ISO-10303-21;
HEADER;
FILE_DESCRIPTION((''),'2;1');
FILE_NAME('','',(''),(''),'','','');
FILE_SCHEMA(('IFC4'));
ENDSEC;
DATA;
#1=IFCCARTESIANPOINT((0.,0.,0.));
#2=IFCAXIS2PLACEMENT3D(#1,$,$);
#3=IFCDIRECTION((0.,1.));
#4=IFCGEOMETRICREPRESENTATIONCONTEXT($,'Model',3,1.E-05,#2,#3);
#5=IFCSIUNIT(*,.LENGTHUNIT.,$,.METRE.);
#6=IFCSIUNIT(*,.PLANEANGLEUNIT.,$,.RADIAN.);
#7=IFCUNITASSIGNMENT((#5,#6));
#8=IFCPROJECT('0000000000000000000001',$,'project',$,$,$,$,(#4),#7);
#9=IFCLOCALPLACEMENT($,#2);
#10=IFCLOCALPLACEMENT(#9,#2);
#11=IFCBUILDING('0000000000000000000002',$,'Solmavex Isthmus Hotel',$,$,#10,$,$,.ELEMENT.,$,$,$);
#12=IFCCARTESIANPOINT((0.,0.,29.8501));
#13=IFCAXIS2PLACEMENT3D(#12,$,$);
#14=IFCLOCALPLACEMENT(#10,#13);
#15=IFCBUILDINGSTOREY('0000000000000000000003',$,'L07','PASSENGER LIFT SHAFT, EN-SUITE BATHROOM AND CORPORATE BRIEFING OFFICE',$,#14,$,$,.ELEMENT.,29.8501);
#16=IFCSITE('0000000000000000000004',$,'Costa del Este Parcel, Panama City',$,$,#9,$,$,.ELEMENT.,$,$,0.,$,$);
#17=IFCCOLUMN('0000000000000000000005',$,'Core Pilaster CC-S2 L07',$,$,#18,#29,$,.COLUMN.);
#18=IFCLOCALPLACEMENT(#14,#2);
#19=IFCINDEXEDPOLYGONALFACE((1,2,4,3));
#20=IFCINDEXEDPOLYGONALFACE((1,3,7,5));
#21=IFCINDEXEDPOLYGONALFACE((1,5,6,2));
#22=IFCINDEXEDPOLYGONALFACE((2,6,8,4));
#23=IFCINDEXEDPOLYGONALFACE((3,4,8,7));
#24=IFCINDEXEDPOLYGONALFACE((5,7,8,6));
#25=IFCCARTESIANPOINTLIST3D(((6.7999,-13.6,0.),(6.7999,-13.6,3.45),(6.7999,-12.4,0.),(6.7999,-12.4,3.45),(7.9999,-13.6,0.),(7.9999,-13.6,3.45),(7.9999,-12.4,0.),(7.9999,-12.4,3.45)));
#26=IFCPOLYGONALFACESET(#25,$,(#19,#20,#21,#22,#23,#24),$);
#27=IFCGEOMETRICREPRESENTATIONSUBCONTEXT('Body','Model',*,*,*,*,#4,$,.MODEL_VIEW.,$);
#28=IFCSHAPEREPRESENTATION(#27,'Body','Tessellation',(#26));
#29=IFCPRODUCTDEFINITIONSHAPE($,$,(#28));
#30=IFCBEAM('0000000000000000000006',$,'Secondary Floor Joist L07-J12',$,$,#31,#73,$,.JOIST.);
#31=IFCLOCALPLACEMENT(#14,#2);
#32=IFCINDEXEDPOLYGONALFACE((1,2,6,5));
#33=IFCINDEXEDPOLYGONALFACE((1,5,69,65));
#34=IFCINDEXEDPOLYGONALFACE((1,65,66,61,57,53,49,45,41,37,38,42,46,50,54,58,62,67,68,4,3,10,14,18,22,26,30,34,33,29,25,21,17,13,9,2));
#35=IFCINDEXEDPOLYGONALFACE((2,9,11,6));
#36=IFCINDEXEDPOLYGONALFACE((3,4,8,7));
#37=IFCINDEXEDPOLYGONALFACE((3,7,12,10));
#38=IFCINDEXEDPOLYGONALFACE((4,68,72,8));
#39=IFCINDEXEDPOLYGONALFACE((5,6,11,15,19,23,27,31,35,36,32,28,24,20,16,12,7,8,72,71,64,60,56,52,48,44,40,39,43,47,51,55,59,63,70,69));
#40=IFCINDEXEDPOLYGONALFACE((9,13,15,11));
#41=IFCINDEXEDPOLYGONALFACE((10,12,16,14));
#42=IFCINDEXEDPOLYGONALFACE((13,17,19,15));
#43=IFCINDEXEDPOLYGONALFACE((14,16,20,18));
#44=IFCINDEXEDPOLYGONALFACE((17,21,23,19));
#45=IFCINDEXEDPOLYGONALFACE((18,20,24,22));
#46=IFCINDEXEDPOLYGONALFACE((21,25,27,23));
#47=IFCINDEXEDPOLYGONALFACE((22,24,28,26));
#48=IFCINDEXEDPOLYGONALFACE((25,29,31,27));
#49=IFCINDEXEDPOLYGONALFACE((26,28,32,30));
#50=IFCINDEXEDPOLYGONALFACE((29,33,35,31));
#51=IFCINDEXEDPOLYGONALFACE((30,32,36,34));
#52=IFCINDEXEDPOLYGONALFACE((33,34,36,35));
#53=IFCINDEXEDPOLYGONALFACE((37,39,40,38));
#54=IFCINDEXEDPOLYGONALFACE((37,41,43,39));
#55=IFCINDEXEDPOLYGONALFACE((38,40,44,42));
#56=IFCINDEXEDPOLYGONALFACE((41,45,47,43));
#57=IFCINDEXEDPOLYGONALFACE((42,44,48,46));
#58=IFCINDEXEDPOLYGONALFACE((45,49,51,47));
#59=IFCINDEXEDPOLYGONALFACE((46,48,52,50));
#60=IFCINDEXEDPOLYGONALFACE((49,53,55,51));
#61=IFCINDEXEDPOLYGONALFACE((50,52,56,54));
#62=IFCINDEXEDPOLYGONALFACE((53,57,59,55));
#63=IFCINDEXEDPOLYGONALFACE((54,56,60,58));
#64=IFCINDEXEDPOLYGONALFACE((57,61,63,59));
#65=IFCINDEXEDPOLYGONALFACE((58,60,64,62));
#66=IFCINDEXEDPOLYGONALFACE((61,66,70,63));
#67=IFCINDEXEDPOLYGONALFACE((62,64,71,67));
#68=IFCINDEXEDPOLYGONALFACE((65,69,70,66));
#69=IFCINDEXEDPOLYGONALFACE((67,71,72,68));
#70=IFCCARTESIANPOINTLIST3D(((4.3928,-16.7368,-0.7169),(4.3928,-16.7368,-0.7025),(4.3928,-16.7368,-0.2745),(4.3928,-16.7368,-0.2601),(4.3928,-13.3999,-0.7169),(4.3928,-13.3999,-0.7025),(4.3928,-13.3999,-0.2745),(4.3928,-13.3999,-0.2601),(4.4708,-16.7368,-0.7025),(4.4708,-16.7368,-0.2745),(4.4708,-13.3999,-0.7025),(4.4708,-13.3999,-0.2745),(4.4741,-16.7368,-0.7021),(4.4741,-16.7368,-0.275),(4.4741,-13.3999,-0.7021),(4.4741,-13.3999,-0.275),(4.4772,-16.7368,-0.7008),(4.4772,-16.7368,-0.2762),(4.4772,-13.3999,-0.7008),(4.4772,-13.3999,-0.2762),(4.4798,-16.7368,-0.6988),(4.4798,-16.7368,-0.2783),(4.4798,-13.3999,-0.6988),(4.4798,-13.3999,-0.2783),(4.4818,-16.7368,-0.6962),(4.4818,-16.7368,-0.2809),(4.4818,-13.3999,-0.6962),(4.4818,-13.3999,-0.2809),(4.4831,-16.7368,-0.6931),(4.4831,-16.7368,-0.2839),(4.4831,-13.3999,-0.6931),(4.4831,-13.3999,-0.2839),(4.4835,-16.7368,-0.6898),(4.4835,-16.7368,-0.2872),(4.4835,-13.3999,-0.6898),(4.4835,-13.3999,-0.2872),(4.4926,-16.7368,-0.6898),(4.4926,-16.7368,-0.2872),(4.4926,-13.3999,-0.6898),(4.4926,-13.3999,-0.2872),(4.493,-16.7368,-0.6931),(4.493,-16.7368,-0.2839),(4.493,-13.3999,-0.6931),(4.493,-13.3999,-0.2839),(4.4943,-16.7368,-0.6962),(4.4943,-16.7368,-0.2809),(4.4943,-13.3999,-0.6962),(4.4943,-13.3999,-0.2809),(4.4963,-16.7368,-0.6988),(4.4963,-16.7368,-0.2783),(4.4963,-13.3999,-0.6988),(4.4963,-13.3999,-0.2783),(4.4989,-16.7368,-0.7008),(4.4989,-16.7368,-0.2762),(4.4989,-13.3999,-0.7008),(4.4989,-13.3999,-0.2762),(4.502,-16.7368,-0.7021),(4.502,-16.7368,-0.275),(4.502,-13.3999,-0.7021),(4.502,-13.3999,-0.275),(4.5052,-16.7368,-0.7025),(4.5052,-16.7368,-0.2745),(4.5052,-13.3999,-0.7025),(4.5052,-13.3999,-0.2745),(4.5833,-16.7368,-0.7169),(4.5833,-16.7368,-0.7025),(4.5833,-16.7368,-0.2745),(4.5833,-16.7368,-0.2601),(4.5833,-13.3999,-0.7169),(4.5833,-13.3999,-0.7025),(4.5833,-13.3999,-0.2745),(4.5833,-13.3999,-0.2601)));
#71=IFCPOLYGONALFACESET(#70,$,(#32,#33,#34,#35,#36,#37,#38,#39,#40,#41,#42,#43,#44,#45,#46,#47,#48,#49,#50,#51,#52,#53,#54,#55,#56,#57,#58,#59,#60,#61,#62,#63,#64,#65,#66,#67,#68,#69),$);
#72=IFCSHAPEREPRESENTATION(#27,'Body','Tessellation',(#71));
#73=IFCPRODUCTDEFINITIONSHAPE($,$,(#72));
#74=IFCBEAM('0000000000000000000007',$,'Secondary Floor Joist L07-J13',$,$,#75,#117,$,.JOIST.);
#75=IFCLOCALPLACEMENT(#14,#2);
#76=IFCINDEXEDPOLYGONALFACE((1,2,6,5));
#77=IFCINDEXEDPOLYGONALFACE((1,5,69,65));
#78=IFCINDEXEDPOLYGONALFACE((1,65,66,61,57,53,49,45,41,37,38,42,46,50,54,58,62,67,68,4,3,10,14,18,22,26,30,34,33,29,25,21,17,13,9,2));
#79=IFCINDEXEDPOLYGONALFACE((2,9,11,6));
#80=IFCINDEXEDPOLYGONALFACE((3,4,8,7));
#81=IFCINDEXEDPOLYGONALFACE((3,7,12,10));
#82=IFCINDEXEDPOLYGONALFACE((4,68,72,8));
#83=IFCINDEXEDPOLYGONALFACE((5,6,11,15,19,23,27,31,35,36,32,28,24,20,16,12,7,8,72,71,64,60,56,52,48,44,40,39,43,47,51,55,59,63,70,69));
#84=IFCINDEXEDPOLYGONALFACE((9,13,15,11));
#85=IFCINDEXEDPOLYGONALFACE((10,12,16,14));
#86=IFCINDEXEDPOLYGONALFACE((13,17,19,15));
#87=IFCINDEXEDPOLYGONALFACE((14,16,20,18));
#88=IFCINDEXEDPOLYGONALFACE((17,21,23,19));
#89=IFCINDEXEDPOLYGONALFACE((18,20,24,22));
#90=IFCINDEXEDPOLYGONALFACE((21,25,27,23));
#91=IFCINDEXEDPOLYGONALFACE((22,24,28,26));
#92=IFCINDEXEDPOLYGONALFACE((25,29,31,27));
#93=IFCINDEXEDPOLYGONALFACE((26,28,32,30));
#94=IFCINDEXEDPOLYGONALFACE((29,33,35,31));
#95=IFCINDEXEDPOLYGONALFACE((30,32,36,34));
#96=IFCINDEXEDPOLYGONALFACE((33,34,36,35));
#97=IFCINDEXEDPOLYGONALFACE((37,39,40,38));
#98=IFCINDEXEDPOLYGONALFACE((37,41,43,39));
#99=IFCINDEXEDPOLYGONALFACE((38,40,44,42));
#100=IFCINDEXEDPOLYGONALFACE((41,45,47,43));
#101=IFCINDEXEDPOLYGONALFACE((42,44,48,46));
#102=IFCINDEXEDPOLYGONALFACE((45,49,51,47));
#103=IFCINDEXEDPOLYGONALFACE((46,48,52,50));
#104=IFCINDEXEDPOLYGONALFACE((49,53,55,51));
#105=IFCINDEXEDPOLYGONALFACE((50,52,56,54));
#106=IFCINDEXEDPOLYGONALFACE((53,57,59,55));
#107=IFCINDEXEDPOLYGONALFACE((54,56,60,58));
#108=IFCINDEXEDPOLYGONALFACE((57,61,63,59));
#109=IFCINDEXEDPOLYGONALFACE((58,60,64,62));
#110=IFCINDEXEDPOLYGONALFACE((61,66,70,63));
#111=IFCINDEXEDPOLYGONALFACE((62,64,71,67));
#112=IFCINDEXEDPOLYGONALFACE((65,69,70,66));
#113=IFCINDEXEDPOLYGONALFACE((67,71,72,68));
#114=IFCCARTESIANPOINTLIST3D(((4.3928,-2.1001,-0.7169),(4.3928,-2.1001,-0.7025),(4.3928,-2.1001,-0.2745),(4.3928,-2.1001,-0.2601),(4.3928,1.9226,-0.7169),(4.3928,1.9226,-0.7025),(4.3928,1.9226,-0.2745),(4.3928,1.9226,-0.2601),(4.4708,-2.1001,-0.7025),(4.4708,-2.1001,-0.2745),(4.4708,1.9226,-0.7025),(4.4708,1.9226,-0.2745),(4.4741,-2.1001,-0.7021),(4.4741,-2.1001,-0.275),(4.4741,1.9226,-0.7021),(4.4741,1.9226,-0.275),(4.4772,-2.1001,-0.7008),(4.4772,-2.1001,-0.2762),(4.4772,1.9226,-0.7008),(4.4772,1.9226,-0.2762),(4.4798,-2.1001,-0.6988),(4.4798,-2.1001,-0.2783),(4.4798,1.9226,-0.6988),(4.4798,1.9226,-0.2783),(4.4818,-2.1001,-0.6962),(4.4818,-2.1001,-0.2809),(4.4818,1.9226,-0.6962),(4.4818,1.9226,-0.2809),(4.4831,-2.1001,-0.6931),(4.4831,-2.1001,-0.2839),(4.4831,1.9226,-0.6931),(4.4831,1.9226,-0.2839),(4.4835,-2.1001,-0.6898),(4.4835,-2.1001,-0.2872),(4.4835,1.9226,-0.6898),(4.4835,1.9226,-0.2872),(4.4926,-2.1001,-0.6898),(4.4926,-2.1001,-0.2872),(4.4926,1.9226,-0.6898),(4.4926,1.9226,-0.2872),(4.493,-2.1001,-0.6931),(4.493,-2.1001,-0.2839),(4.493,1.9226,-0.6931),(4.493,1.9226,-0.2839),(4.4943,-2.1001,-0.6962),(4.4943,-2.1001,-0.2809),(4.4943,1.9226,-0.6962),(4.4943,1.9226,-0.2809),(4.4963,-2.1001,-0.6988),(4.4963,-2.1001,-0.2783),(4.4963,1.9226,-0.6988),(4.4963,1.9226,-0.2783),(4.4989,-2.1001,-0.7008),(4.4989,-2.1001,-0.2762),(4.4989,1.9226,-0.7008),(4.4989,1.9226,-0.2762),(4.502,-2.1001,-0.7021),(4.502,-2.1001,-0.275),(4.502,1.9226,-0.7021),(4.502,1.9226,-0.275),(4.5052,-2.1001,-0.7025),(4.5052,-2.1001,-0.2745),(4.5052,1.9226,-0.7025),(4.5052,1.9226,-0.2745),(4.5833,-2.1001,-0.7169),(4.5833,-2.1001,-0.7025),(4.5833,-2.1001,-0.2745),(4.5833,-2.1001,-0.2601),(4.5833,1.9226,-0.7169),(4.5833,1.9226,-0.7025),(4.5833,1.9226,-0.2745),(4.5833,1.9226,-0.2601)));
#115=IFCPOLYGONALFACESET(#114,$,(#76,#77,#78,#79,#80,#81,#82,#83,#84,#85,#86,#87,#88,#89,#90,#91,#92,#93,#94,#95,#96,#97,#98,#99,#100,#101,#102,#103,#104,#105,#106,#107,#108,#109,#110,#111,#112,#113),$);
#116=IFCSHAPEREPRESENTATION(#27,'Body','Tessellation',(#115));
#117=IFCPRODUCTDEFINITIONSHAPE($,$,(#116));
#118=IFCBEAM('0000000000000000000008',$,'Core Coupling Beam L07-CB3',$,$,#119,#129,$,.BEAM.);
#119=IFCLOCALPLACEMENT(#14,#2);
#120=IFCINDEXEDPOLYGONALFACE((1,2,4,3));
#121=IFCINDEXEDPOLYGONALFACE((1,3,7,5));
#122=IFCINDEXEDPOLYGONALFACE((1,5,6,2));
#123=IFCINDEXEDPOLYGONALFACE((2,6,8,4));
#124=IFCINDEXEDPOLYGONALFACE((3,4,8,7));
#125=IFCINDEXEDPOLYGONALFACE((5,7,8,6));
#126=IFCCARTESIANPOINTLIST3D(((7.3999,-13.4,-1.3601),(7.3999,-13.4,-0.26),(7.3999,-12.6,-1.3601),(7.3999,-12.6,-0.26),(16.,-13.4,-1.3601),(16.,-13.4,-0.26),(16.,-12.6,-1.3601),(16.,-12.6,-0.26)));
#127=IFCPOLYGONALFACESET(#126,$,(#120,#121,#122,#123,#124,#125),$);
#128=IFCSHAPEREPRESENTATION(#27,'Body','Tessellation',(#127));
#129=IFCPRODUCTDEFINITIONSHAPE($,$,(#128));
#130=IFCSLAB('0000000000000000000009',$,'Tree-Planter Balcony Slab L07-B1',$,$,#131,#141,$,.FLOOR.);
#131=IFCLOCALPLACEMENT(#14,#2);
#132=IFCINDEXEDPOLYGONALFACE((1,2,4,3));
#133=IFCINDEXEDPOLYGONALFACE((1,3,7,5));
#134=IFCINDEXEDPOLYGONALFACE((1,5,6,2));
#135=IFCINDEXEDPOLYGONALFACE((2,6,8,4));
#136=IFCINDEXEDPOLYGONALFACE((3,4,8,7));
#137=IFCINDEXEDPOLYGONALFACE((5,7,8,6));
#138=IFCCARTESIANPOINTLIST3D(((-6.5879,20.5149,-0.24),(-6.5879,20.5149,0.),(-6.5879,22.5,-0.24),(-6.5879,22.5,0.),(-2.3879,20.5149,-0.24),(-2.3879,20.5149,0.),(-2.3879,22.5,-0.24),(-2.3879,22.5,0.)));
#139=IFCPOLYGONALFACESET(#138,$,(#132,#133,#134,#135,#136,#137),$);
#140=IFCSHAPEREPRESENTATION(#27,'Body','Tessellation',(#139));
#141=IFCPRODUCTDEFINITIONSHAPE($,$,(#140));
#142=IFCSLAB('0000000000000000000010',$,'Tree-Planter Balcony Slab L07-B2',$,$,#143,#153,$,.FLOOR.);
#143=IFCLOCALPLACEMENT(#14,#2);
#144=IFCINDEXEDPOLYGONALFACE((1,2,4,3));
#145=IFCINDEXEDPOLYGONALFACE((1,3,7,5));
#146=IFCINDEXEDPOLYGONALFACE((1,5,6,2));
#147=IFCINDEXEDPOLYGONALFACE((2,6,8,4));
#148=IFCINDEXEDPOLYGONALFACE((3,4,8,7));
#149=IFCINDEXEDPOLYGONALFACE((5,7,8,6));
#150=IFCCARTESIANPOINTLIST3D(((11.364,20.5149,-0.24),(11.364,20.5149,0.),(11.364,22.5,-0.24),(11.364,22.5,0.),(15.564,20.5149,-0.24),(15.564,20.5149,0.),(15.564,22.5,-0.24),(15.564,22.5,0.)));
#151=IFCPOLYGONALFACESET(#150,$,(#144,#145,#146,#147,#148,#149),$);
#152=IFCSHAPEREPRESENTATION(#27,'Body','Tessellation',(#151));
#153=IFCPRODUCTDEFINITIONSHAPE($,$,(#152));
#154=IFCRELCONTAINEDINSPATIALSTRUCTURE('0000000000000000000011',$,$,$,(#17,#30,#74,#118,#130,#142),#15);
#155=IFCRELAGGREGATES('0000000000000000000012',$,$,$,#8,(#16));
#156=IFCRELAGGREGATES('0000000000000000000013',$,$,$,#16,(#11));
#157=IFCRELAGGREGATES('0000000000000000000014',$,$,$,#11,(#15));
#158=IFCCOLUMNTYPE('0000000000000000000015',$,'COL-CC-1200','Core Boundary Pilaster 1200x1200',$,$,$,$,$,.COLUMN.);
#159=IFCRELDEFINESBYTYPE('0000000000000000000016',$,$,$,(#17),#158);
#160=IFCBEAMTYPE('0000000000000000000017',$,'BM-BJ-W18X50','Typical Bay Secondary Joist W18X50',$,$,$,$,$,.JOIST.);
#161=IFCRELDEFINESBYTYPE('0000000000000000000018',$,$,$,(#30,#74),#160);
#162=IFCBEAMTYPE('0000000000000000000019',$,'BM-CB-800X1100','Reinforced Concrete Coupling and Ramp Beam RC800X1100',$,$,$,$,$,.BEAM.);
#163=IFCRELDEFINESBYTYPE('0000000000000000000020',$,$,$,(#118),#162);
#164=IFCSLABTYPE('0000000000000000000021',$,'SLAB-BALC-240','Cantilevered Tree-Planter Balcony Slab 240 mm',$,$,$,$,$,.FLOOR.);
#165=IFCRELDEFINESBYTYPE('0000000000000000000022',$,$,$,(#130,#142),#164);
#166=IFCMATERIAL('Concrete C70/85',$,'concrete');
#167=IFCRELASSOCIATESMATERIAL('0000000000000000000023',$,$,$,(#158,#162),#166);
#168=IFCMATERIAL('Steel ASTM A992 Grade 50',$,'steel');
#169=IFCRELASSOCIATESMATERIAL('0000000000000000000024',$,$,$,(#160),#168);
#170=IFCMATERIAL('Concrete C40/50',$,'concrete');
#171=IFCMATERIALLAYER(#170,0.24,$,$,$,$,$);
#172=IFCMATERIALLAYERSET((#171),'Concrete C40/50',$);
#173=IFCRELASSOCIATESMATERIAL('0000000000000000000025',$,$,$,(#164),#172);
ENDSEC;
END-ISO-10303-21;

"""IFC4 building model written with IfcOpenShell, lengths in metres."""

from ifc_helpers import new_model, si_unit, direction, frame, origin, origin_2d, place, context, subcontext, project, spatial, polyline, rectangle, i_section, outline, extrude, material, layer, layer_set, material_profile, profile_set, type_object, element, save


model = new_model("IFC4")

# Units and contexts
model_context = context("Model", 3, precision=1e-05, world=origin(), true_north=direction((0.0, 1.0)))
body_context = subcontext(model_context, "Body", "Model", "MODEL_VIEW")
ifc_project = project(units=[si_unit("LENGTHUNIT", "METRE"), si_unit("PLANEANGLEUNIT", "RADIAN")], contexts=[model_context])

# Site, building, storey
site_placement = place(None, origin())
site = spatial("IfcSite", under=ifc_project, at=site_placement, Name="Costa del Este Parcel, Panama City", CompositionType="ELEMENT", RefElevation=0.0)
building_placement = place(site_placement, origin())
building = spatial("IfcBuilding", under=site, at=building_placement, Name="Solmavex Isthmus Hotel", CompositionType="ELEMENT")
storey_placement = place(building_placement, frame((0.0, 0.0, 29.8501)))
storey = spatial("IfcBuildingStorey", under=building, at=storey_placement, Name="L07", Description="PASSENGER LIFT SHAFT, EN-SUITE BATHROOM AND CORPORATE BRIEFING OFFICE", CompositionType="ELEMENT", Elevation=29.8501)

# Column
ifc_material_1 = material(Name="Concrete C70/85", Category="concrete")
ifc_material_profile_1 = material_profile(ifc_material_1, rectangle(XDim=1.2, YDim=1.2, at=origin_2d()), Name="RC1200X1200")
ifc_profile_set_1 = profile_set([ifc_material_profile_1], Name="Concrete C70/85")
column_type = type_object("IfcColumnType", Name="COL-CC-1200", Description="Core Boundary Pilaster 1200x1200", PredefinedType="COLUMN", material=ifc_profile_set_1)
column_placement = place(storey_placement, frame((7.3999, -13.0, 0.0), z_axis=(0.0, 0.0, 1.0), x_axis=(1.0, 0.0, 0.0)))
element("IfcColumn", 1, at=column_placement, inside=storey, type_object=column_type, Name="Core Pilaster CC-S2 L07", PredefinedType="COLUMN", context=body_context, shape_type="SweptSolid", body=[
    extrude(rectangle(XDim=1.2, YDim=1.2, at=origin_2d()), origin(), (0.0, 0.0, 1.0), 3.45),
])

# Beams
ifc_material_2 = material(Name="Steel ASTM A992 Grade 50", Category="steel")
ifc_material_profile_2 = material_profile(ifc_material_2, i_section(OverallWidth=0.1904, OverallDepth=0.4568, WebThickness=0.009, FlangeThickness=0.0144, FilletRadius=0.0127, at=origin_2d()), Name="W18X50")
ifc_profile_set_2 = profile_set([ifc_material_profile_2], Name="Steel ASTM A992 Grade 50")
beam_type_1 = type_object("IfcBeamType", Name="BM-BJ-W18X50", Description="Typical Bay Secondary Joist W18X50", PredefinedType="JOIST", material=ifc_profile_set_2)
beam_1_placement = place(storey_placement, frame((4.488, -16.7368, -0.4885), z_axis=(0.0, 1.0, 0.0), x_axis=(-1.0, 0.0, 0.0)))
element("IfcBeam", 2, at=beam_1_placement, inside=storey, type_object=beam_type_1, Name="Secondary Floor Joist L07-J12", PredefinedType="JOIST", context=body_context, shape_type="SweptSolid", body=[
    extrude(i_section(OverallWidth=0.1904, OverallDepth=0.4568, WebThickness=0.009, FlangeThickness=0.0144, FilletRadius=0.0127, at=origin_2d()), origin(), (0.0, 0.0, 1.0), 3.3369),
])
beam_2_placement = place(storey_placement, frame((4.488, -2.1001, -0.4885), z_axis=(0.0, 1.0, 0.0), x_axis=(-1.0, 0.0, 0.0)))
element("IfcBeam", 3, at=beam_2_placement, inside=storey, type_object=beam_type_1, Name="Secondary Floor Joist L07-J13", PredefinedType="JOIST", context=body_context, shape_type="SweptSolid", body=[
    extrude(i_section(OverallWidth=0.1904, OverallDepth=0.4568, WebThickness=0.009, FlangeThickness=0.0144, FilletRadius=0.0127, at=origin_2d()), origin(), (0.0, 0.0, 1.0), 4.0227),
])
ifc_material_profile_3 = material_profile(ifc_material_1, rectangle(XDim=0.8, YDim=1.1001, at=origin_2d()), Name="RC800X1100")
ifc_profile_set_3 = profile_set([ifc_material_profile_3], Name="Concrete C70/85")
beam_type_2 = type_object("IfcBeamType", Name="BM-CB-800X1100", Description="Reinforced Concrete Coupling and Ramp Beam RC800X1100", PredefinedType="BEAM", material=ifc_profile_set_3)
beam_3_placement = place(storey_placement, frame((7.3999, -13.0, -0.8101), z_axis=(1.0, 0.0, 0.0), x_axis=(0.0, 1.0, 0.0)))
element("IfcBeam", 4, at=beam_3_placement, inside=storey, type_object=beam_type_2, Name="Core Coupling Beam L07-CB3", PredefinedType="BEAM", context=body_context, shape_type="SweptSolid", body=[
    extrude(rectangle(XDim=0.8, YDim=1.1001, at=origin_2d()), origin(), (0.0, 0.0, 1.0), 8.6001),
])

# Slabs
ifc_material_3 = material(Name="Concrete C40/50", Category="concrete")
ifc_layer_1 = layer(ifc_material_3, 0.24)
ifc_layer_set_1 = layer_set([ifc_layer_1], Name="Concrete C40/50")
slab_type_1 = type_object("IfcSlabType", Name="SLAB-BALC-240", Description="Cantilevered Tree-Planter Balcony Slab 240 mm", PredefinedType="FLOOR", material=ifc_layer_set_1)
slab_1_placement = place(storey_placement, frame((0.0, 0.0, -0.24)))
element("IfcSlab", 5, at=slab_1_placement, inside=storey, type_object=slab_type_1, Name="Tree-Planter Balcony Slab L07-B1", PredefinedType="FLOOR", context=body_context, shape_type="SweptSolid", body=[
    extrude(outline(polyline([(-6.5879, 20.5149), (-2.3879, 20.5149), (-2.3879, 22.5), (-6.5879, 22.5), (-6.5879, 20.5149)])), origin(), (0.0, 0.0, 1.0), 0.24),
])
slab_2_placement = place(storey_placement, frame((0.0, 0.0, -0.24)))
element("IfcSlab", 6, at=slab_2_placement, inside=storey, type_object=slab_type_1, Name="Tree-Planter Balcony Slab L07-B2", PredefinedType="FLOOR", context=body_context, shape_type="SweptSolid", body=[
    extrude(outline(polyline([(11.364, 20.5149), (15.564, 20.5149), (15.564, 22.5), (11.364, 22.5), (11.364, 20.5149)])), origin(), (0.0, 0.0, 1.0), 0.24),
])

save(model, "model.ifc")
